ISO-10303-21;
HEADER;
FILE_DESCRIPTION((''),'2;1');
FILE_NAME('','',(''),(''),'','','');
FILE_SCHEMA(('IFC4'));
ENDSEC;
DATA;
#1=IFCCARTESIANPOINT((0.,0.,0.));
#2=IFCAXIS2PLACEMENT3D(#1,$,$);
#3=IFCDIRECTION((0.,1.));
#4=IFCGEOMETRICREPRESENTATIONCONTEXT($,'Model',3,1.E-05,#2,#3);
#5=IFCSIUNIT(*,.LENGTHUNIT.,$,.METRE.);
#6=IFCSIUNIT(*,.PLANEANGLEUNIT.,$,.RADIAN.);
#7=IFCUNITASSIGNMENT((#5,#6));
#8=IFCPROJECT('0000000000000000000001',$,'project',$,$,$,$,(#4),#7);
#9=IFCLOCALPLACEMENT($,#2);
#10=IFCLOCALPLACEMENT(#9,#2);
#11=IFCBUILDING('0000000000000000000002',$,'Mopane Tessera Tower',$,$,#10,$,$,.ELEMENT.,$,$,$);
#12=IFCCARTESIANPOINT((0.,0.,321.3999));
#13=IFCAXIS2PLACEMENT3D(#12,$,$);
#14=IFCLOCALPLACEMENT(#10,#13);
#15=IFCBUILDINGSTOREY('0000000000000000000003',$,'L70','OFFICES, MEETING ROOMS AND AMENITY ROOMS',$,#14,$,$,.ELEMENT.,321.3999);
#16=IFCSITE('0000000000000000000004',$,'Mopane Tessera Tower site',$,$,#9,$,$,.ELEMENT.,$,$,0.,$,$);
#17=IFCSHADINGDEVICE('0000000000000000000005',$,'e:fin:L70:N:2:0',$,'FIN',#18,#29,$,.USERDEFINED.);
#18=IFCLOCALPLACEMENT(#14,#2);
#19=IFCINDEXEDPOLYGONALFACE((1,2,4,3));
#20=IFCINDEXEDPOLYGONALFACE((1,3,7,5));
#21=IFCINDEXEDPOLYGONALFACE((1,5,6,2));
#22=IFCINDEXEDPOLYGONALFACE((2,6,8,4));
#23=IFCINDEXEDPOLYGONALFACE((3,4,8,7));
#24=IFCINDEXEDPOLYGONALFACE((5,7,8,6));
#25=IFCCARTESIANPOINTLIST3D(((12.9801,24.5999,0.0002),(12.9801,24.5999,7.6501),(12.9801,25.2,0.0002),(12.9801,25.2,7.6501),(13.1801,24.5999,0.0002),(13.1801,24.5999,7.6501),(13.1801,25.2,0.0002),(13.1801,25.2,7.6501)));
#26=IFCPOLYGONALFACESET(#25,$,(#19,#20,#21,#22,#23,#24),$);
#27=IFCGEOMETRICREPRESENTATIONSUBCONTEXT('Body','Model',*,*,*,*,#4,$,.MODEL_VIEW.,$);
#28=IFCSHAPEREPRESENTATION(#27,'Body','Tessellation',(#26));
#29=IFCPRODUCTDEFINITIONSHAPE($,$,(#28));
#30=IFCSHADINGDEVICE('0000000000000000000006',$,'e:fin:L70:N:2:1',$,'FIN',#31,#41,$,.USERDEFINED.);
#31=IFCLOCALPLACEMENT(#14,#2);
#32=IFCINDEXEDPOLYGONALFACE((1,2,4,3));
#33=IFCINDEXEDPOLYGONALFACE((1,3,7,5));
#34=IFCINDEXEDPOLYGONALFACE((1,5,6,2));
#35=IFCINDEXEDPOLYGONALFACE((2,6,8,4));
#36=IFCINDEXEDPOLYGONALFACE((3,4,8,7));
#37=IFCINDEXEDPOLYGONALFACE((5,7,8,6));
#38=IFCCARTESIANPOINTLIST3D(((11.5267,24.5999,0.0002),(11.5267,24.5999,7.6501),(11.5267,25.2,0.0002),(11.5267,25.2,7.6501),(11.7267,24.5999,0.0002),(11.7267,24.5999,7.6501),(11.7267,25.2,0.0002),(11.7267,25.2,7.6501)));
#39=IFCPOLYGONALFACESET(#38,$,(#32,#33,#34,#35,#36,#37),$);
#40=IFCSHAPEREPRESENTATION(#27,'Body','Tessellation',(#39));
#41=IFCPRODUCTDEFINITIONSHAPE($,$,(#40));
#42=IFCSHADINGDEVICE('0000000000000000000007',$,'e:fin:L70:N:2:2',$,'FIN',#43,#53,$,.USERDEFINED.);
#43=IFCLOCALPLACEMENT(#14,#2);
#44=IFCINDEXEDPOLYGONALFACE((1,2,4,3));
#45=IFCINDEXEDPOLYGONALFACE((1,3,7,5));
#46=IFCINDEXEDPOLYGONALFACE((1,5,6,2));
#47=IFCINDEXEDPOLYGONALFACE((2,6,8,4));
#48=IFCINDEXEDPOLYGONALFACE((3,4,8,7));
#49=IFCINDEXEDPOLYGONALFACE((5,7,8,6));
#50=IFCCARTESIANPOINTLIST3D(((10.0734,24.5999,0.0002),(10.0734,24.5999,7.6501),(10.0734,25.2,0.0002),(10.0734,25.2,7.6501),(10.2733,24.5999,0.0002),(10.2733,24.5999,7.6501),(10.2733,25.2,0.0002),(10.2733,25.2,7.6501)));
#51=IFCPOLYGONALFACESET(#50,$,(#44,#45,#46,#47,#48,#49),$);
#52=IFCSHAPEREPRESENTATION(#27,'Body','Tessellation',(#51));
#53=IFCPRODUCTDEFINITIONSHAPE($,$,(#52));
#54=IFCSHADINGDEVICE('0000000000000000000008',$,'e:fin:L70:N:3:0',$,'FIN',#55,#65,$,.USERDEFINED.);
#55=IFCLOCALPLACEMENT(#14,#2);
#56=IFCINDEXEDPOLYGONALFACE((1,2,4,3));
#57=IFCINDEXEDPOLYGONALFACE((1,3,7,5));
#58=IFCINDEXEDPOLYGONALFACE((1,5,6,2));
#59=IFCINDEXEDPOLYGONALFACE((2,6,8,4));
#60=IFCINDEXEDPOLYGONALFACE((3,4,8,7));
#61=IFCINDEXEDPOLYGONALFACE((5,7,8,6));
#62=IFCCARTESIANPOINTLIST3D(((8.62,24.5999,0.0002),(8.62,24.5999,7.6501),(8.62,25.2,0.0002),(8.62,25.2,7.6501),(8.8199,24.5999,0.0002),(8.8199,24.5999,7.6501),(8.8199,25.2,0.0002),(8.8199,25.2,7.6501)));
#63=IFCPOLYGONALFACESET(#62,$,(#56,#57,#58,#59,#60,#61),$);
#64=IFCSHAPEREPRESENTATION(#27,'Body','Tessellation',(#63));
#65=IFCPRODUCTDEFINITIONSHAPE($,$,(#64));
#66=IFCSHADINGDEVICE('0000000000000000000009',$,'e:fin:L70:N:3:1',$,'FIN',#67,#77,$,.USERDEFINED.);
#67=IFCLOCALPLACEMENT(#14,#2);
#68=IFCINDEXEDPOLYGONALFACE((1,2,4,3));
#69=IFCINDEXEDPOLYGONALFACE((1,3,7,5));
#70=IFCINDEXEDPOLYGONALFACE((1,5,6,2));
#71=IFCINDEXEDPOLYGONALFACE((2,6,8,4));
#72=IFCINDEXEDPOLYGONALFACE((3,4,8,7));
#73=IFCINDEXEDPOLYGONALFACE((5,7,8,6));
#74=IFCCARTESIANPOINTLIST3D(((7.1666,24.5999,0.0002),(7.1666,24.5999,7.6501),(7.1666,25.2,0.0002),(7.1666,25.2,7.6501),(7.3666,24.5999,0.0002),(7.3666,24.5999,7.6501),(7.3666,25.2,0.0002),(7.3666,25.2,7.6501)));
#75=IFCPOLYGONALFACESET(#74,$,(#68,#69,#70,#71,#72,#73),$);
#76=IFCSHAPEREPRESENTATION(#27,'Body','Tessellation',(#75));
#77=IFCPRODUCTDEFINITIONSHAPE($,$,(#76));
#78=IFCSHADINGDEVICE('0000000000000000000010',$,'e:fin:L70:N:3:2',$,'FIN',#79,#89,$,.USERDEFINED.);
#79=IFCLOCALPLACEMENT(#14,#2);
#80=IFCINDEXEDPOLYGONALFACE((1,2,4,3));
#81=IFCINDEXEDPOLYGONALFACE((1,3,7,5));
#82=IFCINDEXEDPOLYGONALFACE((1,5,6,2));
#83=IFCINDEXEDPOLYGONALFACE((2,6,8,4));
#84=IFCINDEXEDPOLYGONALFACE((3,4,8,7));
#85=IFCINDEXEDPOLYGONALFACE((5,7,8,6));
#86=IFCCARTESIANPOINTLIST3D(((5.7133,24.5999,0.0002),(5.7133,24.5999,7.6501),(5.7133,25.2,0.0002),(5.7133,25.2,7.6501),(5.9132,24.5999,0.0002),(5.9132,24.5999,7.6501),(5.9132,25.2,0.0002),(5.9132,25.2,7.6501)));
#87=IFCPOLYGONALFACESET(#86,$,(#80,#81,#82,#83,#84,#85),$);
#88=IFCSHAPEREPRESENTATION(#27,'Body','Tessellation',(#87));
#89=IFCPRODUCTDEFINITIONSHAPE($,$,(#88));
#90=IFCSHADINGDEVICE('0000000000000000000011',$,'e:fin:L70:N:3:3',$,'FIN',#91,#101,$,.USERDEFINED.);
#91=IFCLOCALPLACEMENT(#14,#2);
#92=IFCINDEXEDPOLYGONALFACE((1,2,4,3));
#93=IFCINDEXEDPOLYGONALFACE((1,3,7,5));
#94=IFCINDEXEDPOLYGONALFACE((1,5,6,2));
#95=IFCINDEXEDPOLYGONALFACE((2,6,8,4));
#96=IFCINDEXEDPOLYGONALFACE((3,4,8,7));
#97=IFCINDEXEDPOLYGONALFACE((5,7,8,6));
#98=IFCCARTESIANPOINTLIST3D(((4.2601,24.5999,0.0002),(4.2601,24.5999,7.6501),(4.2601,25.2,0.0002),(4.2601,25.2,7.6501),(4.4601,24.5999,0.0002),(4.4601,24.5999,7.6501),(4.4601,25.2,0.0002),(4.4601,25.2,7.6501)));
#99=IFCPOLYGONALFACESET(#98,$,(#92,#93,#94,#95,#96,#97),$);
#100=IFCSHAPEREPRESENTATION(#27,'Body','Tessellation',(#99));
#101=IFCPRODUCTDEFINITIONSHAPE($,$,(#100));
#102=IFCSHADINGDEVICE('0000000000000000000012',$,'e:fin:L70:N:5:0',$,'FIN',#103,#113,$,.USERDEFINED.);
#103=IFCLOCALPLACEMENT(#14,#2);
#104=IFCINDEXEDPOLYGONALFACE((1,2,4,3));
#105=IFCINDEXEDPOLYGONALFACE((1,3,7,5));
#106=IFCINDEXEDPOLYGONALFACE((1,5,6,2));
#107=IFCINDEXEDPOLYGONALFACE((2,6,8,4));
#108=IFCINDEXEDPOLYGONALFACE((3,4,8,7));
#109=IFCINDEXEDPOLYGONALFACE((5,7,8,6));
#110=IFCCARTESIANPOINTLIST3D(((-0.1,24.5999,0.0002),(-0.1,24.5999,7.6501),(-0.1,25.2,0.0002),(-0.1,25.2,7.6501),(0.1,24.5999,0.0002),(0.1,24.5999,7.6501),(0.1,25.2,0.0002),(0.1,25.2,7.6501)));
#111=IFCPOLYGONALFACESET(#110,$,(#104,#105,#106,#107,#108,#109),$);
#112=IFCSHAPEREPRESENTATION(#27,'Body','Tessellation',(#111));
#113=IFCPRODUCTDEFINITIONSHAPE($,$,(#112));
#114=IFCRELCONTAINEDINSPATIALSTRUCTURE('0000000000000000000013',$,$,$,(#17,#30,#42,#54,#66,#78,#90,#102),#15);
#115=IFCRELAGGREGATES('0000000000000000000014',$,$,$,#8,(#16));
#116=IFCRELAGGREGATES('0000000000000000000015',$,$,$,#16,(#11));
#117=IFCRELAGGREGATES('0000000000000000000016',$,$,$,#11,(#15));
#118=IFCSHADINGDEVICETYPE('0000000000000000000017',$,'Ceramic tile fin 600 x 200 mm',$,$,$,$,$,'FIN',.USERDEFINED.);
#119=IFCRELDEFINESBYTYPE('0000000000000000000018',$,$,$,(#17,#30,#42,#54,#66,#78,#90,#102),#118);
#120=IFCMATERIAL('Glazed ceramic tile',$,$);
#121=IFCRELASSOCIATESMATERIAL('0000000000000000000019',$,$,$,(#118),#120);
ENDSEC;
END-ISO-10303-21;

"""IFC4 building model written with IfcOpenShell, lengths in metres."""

from ifc_helpers import new_model, si_unit, direction, frame, origin, origin_2d, place, context, subcontext, project, spatial, rectangle, extrude, material, type_object, element, save


model = new_model("IFC4")

# Units and contexts
model_context = context("Model", 3, precision=1e-05, world=origin(), true_north=direction((0.0, 1.0)))
body_context = subcontext(model_context, "Body", "Model", "MODEL_VIEW")
ifc_project = project(units=[si_unit("LENGTHUNIT", "METRE"), si_unit("PLANEANGLEUNIT", "RADIAN")], contexts=[model_context])

# Site, building, storey
site_placement = place(None, origin())
site = spatial("IfcSite", under=ifc_project, at=site_placement, Name="Mopane Tessera Tower site", CompositionType="ELEMENT", RefElevation=0.0)
building_placement = place(site_placement, origin())
building = spatial("IfcBuilding", under=site, at=building_placement, Name="Mopane Tessera Tower", CompositionType="ELEMENT")
storey_placement = place(building_placement, frame((0.0, 0.0, 321.3999)))
storey = spatial("IfcBuildingStorey", under=building, at=storey_placement, Name="L70", Description="OFFICES, MEETING ROOMS AND AMENITY ROOMS", CompositionType="ELEMENT", Elevation=321.3999)

# Shading devices
ifc_material_1 = material(Name="Glazed ceramic tile")
shading_device_type = type_object("IfcShadingDeviceType", Name="Ceramic tile fin 600 x 200 mm", ElementType="FIN", PredefinedType="USERDEFINED", material=ifc_material_1)
for number, where, z_axis, x_axis, name in (
    (1, (13.0801, 24.8999, 0.0002), (0.0, 0.0, 1.0), (-1.0, 0.0, 0.0), "e:fin:L70:N:2:0"),
    (2, (11.6267, 24.8999, 0.0002), (0.0, 0.0, 1.0), (-1.0, 0.0, 0.0), "e:fin:L70:N:2:1"),
    (3, (10.1733, 24.8999, 0.0002), (0.0, 0.0, 1.0), (-1.0, 0.0, 0.0), "e:fin:L70:N:2:2"),
    (4, (8.72, 24.8999, 0.0002), (0.0, 0.0, 1.0), (-1.0, 0.0, 0.0), "e:fin:L70:N:3:0"),
    (5, (7.2666, 24.8999, 0.0002), (0.0, 0.0, 1.0), (-1.0, 0.0, 0.0), "e:fin:L70:N:3:1"),
    (6, (5.8132, 24.8999, 0.0002), (0.0, 0.0, 1.0), (-1.0, 0.0, 0.0), "e:fin:L70:N:3:2"),
    (7, (4.3601, 24.8999, 0.0002), (0.0, 0.0, 1.0), (-1.0, 0.0, 0.0), "e:fin:L70:N:3:3"),
    (8, (0.0, 24.8999, 0.0002), (0.0, 0.0, 1.0), (-1.0, 0.0, 0.0), "e:fin:L70:N:5:0"),
):
    element("IfcShadingDevice", number, at=place(storey_placement, frame(where, z_axis=z_axis, x_axis=x_axis)), inside=storey, type_object=shading_device_type, Name=name, ObjectType="FIN", PredefinedType="USERDEFINED", context=body_context, shape_type="SweptSolid", body=[
        extrude(rectangle(XDim=0.2, YDim=0.6001, at=origin_2d()), origin(), (0.0, 0.0, 1.0), 7.6499),
    ])

save(model, "model.ifc")
